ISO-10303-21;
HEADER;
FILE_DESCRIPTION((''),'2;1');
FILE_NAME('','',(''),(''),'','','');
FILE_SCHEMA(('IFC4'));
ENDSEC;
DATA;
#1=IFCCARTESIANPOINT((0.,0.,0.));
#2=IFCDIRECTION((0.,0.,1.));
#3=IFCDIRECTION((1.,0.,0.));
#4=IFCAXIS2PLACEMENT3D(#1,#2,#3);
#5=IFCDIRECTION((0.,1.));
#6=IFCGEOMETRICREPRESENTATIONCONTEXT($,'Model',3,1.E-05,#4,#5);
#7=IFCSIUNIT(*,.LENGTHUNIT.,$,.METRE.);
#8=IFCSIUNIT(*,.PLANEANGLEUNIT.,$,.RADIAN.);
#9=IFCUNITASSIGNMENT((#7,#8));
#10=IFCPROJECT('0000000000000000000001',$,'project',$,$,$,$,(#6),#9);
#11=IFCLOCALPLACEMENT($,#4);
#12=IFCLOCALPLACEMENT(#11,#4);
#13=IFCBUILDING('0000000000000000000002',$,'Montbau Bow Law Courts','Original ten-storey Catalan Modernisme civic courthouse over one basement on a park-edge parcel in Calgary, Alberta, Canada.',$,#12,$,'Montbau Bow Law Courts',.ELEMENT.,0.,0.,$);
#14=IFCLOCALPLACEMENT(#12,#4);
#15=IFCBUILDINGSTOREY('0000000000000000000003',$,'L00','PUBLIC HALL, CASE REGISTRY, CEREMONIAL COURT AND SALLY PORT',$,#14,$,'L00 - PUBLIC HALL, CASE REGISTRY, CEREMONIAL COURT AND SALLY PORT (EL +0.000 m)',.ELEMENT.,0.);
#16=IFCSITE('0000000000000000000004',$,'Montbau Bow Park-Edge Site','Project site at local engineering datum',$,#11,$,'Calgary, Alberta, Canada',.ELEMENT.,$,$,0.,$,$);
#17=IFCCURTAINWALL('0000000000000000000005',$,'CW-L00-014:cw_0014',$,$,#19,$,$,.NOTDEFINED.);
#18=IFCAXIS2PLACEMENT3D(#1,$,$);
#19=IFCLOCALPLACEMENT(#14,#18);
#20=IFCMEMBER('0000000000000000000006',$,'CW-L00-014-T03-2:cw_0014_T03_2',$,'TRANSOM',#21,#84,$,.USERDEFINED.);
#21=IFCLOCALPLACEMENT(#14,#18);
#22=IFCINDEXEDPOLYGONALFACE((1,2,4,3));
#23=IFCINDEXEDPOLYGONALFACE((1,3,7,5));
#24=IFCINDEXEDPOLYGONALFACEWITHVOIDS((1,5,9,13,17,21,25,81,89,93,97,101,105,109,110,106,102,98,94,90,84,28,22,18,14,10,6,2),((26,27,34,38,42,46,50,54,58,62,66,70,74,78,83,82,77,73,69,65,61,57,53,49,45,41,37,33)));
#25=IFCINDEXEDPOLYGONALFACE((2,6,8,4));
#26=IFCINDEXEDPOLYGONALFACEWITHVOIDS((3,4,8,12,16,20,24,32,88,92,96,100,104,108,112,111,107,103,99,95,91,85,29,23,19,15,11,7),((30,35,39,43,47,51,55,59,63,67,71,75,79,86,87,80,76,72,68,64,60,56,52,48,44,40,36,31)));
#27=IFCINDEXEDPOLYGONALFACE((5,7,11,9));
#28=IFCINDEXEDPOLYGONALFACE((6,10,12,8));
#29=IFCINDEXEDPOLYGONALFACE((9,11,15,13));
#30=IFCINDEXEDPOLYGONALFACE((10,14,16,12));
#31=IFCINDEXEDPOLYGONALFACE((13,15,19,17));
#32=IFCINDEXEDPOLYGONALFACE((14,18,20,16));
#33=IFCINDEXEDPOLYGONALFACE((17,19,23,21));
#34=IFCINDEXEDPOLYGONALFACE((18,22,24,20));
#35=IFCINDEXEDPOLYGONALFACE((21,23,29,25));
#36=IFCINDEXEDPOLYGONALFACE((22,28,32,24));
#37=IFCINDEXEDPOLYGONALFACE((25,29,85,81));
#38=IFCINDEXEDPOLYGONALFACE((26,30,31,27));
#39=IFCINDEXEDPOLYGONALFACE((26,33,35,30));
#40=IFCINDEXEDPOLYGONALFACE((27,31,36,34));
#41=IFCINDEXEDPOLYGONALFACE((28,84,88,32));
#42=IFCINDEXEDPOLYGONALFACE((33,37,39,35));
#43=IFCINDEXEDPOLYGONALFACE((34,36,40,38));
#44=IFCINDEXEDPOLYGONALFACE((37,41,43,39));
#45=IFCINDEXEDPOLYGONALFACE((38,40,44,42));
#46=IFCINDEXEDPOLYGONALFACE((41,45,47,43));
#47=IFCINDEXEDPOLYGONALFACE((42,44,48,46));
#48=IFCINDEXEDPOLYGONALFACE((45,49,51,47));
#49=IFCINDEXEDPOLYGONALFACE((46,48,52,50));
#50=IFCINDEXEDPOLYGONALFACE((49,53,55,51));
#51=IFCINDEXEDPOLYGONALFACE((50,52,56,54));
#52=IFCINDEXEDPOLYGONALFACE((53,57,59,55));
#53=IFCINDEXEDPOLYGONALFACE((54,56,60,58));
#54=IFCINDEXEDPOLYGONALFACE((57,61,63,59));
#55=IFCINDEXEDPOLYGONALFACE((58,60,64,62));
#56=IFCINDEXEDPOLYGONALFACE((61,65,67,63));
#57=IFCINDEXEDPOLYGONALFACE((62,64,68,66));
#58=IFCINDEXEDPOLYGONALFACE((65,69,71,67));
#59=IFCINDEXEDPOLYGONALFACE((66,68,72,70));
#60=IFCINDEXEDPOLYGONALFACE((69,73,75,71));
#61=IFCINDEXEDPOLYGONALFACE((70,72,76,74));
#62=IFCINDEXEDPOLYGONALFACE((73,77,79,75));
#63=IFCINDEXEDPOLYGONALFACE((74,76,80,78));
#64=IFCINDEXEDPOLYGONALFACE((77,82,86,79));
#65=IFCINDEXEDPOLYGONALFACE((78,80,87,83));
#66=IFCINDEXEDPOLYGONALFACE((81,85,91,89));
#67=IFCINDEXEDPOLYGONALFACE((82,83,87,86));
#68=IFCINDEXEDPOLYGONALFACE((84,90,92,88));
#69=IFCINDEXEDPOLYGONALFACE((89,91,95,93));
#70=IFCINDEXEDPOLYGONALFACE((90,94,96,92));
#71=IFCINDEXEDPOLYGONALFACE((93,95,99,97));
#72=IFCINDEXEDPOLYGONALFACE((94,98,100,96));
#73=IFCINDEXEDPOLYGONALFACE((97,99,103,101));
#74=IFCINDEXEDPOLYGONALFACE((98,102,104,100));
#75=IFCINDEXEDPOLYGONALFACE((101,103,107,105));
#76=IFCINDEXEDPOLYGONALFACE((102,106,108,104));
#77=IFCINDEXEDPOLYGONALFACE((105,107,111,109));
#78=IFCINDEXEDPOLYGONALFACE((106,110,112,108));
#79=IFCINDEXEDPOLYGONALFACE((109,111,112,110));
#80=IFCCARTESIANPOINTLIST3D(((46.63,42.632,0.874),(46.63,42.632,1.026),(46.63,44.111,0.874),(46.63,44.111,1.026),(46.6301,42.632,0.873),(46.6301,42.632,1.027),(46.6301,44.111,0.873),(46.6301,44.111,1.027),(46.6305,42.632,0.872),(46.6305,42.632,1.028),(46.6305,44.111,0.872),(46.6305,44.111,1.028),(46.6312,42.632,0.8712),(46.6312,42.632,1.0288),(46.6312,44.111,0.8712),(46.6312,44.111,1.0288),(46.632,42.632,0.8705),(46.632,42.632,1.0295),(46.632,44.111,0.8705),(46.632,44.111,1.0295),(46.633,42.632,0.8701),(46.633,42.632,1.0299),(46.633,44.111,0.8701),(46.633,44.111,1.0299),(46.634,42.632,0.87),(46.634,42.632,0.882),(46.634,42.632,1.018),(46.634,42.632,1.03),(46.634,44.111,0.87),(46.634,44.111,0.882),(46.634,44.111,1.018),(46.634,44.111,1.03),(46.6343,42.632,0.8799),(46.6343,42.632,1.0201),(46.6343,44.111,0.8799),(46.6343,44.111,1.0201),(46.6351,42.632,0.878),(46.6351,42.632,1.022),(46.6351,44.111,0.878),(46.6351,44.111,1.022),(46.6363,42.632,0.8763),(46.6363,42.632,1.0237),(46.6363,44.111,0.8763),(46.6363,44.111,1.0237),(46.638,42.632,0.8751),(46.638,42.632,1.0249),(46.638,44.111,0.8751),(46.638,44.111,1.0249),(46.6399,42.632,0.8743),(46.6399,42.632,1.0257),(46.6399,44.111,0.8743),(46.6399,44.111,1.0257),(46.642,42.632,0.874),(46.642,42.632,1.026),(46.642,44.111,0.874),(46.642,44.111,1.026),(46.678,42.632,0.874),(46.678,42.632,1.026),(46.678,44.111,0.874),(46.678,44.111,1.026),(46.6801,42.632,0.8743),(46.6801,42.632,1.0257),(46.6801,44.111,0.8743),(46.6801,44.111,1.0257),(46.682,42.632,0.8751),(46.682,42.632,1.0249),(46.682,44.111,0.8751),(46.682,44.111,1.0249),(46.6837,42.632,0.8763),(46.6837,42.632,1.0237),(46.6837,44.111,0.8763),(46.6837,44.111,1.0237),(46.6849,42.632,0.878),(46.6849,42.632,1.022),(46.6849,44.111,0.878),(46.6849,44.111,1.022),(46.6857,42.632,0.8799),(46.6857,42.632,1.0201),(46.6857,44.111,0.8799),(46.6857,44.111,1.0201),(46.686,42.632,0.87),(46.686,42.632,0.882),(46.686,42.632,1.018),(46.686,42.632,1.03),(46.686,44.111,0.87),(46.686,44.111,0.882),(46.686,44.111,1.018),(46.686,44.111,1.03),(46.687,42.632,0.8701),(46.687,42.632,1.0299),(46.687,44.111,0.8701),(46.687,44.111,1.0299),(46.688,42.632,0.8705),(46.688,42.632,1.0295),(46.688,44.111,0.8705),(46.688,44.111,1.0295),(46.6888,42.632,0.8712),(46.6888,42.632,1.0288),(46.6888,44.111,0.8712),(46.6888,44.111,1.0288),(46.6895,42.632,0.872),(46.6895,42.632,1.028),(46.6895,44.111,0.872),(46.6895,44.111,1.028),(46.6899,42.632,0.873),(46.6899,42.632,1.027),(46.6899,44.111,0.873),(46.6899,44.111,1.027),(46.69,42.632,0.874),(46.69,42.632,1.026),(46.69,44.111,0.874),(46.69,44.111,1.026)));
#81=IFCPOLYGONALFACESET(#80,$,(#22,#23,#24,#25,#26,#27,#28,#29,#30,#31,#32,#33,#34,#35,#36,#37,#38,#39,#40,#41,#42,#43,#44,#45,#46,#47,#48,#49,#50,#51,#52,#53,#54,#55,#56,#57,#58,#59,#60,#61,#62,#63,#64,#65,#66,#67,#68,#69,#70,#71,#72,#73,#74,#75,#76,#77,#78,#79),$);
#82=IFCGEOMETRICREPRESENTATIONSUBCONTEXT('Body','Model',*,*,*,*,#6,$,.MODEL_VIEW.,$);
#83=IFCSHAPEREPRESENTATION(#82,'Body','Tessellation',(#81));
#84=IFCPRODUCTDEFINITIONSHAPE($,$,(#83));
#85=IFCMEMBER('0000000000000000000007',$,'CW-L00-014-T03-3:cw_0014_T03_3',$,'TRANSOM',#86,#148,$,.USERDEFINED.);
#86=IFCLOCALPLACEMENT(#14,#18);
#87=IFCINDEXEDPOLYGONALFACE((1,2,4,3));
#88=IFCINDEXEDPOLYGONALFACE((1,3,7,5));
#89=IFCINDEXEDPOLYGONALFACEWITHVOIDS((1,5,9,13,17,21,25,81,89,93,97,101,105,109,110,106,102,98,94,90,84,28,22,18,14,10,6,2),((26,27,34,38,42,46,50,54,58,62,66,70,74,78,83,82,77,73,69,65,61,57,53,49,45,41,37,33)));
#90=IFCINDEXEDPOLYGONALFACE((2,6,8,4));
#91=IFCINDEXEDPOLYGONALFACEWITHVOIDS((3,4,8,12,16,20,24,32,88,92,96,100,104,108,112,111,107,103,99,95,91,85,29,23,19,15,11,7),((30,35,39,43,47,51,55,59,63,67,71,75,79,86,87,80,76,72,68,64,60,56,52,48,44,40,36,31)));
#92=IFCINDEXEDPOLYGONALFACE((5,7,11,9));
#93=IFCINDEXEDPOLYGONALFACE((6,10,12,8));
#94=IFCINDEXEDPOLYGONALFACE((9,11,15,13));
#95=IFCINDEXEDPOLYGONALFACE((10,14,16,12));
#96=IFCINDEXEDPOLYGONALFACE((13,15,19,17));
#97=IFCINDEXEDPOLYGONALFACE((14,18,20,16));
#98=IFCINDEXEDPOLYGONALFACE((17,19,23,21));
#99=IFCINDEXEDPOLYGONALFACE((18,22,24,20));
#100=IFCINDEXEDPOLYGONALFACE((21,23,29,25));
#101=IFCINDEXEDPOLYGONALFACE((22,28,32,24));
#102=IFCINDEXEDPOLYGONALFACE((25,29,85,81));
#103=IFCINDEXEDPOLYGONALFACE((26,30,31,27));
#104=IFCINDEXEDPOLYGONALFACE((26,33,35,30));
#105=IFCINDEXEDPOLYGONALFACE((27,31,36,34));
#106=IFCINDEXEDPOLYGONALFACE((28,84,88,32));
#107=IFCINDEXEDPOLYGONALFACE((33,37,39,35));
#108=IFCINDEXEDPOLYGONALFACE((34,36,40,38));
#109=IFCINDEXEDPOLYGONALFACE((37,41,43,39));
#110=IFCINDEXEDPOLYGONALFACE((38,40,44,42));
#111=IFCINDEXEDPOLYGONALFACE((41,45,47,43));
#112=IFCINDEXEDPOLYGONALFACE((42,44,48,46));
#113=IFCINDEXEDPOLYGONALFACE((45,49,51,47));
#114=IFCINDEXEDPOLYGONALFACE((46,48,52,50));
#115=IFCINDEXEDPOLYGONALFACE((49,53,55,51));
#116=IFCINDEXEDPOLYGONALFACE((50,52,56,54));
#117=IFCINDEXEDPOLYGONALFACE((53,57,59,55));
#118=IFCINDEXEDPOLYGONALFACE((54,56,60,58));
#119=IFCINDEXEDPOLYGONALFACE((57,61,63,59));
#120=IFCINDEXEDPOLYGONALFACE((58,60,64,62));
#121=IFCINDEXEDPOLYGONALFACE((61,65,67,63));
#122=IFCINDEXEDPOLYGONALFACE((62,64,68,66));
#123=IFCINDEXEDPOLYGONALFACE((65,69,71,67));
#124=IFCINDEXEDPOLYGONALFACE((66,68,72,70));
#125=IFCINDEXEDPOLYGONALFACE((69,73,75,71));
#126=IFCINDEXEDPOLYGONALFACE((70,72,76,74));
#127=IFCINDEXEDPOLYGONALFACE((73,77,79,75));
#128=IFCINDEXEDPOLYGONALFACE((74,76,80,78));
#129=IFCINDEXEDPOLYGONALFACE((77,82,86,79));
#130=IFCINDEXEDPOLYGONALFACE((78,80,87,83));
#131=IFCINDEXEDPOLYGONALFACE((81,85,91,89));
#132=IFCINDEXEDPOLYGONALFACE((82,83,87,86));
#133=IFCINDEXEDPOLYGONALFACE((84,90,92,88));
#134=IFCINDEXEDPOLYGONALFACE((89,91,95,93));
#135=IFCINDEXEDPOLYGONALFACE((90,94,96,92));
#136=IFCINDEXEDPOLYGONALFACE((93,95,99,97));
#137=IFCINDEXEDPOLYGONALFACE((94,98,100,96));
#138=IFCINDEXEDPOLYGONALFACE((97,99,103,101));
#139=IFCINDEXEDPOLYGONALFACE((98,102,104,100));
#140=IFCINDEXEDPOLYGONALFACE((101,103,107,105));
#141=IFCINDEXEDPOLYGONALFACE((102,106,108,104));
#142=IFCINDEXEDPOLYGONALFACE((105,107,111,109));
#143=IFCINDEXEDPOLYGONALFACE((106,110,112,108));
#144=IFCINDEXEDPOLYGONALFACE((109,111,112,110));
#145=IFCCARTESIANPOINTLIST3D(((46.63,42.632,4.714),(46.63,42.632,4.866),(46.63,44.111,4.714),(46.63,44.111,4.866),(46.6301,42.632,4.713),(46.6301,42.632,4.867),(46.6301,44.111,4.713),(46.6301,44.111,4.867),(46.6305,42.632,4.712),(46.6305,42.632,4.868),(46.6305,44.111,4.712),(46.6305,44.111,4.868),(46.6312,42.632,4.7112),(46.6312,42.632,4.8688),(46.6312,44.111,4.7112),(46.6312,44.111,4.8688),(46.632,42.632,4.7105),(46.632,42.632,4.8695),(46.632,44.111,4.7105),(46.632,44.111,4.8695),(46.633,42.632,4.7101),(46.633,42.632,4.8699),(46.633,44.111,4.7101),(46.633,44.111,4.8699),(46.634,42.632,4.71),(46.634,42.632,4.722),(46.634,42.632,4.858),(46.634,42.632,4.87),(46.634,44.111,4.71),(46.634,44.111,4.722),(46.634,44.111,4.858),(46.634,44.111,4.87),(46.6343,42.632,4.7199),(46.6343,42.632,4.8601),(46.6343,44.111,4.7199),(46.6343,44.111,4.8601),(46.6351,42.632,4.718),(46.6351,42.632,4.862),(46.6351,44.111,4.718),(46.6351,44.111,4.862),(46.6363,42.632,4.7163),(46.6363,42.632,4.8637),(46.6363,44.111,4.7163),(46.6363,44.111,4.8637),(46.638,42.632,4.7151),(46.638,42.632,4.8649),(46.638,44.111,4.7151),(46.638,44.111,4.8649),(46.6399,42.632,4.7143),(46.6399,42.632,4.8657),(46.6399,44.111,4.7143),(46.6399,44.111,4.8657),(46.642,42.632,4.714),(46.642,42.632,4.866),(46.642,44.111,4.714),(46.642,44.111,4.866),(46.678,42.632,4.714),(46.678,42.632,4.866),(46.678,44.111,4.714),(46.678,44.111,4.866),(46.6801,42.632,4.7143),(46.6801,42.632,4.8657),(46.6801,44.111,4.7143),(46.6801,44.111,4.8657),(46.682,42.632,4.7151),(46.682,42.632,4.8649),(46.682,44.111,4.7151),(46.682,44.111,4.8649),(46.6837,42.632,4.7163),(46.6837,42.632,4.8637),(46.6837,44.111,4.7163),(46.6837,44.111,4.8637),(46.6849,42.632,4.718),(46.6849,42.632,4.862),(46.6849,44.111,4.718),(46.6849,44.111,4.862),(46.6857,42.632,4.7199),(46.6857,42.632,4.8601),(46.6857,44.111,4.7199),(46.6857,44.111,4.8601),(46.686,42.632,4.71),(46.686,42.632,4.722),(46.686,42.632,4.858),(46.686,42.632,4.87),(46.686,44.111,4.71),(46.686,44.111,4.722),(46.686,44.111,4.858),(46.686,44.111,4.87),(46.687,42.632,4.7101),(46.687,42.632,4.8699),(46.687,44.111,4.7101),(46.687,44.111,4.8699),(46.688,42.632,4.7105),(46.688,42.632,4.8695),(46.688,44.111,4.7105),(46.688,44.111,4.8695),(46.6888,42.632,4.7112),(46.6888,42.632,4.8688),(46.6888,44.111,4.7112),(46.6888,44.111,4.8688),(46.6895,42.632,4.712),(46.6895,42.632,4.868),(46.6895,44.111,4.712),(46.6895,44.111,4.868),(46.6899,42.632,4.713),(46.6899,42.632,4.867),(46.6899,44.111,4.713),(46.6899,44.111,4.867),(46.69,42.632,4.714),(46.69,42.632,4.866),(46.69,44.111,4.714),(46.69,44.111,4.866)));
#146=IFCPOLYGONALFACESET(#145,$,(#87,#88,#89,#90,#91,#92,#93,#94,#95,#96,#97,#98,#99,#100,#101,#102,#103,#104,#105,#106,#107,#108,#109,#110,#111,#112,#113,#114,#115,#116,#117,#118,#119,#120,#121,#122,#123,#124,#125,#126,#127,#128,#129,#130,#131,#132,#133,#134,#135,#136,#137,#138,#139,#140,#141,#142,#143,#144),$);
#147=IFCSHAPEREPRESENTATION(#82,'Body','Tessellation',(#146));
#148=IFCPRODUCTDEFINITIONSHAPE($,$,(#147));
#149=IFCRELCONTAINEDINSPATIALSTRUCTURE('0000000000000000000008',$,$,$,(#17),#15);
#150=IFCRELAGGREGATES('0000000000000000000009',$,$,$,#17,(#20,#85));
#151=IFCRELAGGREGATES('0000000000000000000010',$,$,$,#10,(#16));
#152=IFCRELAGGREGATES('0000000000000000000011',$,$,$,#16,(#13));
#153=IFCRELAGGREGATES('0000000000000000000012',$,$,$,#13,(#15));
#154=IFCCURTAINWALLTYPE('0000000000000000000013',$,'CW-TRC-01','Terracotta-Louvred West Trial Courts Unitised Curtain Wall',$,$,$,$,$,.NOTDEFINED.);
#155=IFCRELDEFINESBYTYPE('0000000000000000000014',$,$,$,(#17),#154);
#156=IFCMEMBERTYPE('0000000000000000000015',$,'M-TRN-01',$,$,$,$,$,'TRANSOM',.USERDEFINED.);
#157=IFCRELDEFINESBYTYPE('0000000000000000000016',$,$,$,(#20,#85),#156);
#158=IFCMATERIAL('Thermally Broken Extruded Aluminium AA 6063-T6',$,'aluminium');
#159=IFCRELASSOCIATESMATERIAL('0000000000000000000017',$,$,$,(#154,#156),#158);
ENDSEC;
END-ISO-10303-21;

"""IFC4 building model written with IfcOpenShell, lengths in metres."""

from ifc_helpers import new_model, si_unit, direction, frame, origin_with_axes, origin_2d_with_axis, place, context, subcontext, project, spatial, hollow_rectangle, extrude, material, material_profile, profile_set, type_object, element, aggregate, save


model = new_model("IFC4")

# Units and contexts
model_context = context("Model", 3, precision=1e-05, world=origin_with_axes(), true_north=direction((0.0, 1.0)))
body_context = subcontext(model_context, "Body", "Model", "MODEL_VIEW")
ifc_project = project(units=[si_unit("LENGTHUNIT", "METRE"), si_unit("PLANEANGLEUNIT", "RADIAN")], contexts=[model_context])

# Site, building, storey
site_placement = place(None, origin_with_axes())
site = spatial("IfcSite", under=ifc_project, at=site_placement, Name="Montbau Bow Park-Edge Site", Description="Project site at local engineering datum", LongName="Calgary, Alberta, Canada", CompositionType="ELEMENT", RefElevation=0.0)
building_placement = place(site_placement, origin_with_axes())
building = spatial("IfcBuilding", under=site, at=building_placement, Name="Montbau Bow Law Courts", Description="Original ten-storey Catalan Modernisme civic courthouse over one basement on a park-edge parcel in Calgary, Alberta, Canada.", LongName="Montbau Bow Law Courts", CompositionType="ELEMENT", ElevationOfRefHeight=0.0, ElevationOfTerrain=0.0)
storey_placement = place(building_placement, origin_with_axes())
storey = spatial("IfcBuildingStorey", under=building, at=storey_placement, Name="L00", Description="PUBLIC HALL, CASE REGISTRY, CEREMONIAL COURT AND SALLY PORT", LongName="L00 - PUBLIC HALL, CASE REGISTRY, CEREMONIAL COURT AND SALLY PORT (EL +0.000 m)", CompositionType="ELEMENT", Elevation=0.0)

# Curtain wall, members
ifc_material_1 = material(Name="Thermally Broken Extruded Aluminium AA 6063-T6", Category="aluminium")
curtain_wall_type_1 = type_object("IfcCurtainWallType", Name="CW-TRC-01", Description="Terracotta-Louvred West Trial Courts Unitised Curtain Wall", PredefinedType="NOTDEFINED", material=ifc_material_1)
curtain_wall_1_placement = place(None, frame((46.66, 39.515, 0.0), z_axis=(0.0, 0.0, 1.0), x_axis=(1.0, 0.0, 0.0)))
curtain_wall_1 = element("IfcCurtainWall", 1, at=curtain_wall_1_placement, inside=storey, type_object=curtain_wall_type_1, Name="CW-L00-014:cw_0014", PredefinedType="NOTDEFINED")
ifc_material_profile_1 = material_profile(ifc_material_1, hollow_rectangle(XDim=0.06, YDim=0.16, WallThickness=0.004, InnerFilletRadius=0.008, OuterFilletRadius=0.004, at=origin_2d_with_axis()), Name="CWT-160X60", Category="Main", Priority=0)
ifc_profile_set_1 = profile_set([ifc_material_profile_1], Name="Thermally Broken Extruded Aluminium AA 6063-T6")
member_type_1 = type_object("IfcMemberType", Name="M-TRN-01", ElementType="TRANSOM", PredefinedType="USERDEFINED", material=ifc_profile_set_1)
member_1_placement = place(None, frame((46.66, 42.632, 0.95), z_axis=(0.0, 1.0, 0.0), x_axis=(-1.0, 0.0, 0.0)))
member_1 = element("IfcMember", 2, at=member_1_placement, type_object=member_type_1, Name="CW-L00-014-T03-2:cw_0014_T03_2", ObjectType="TRANSOM", PredefinedType="USERDEFINED", context=body_context, shape_type="SweptSolid", body=[
    extrude(hollow_rectangle(XDim=0.06, YDim=0.16, WallThickness=0.004, InnerFilletRadius=0.008, OuterFilletRadius=0.004, at=origin_2d_with_axis()), origin_with_axes(), (0.0, 0.0, 1.0), 1.479),
])
member_2_placement = place(None, frame((46.66, 42.632, 4.79), z_axis=(0.0, 1.0, 0.0), x_axis=(-1.0, 0.0, 0.0)))
member_2 = element("IfcMember", 3, at=member_2_placement, type_object=member_type_1, Name="CW-L00-014-T03-3:cw_0014_T03_3", ObjectType="TRANSOM", PredefinedType="USERDEFINED", context=body_context, shape_type="SweptSolid", body=[
    extrude(hollow_rectangle(XDim=0.06, YDim=0.16, WallThickness=0.004, InnerFilletRadius=0.008, OuterFilletRadius=0.004, at=origin_2d_with_axis()), origin_with_axes(), (0.0, 0.0, 1.0), 1.479),
])

aggregate(curtain_wall_1, [member_1, member_2])

save(model, "model.ifc")
